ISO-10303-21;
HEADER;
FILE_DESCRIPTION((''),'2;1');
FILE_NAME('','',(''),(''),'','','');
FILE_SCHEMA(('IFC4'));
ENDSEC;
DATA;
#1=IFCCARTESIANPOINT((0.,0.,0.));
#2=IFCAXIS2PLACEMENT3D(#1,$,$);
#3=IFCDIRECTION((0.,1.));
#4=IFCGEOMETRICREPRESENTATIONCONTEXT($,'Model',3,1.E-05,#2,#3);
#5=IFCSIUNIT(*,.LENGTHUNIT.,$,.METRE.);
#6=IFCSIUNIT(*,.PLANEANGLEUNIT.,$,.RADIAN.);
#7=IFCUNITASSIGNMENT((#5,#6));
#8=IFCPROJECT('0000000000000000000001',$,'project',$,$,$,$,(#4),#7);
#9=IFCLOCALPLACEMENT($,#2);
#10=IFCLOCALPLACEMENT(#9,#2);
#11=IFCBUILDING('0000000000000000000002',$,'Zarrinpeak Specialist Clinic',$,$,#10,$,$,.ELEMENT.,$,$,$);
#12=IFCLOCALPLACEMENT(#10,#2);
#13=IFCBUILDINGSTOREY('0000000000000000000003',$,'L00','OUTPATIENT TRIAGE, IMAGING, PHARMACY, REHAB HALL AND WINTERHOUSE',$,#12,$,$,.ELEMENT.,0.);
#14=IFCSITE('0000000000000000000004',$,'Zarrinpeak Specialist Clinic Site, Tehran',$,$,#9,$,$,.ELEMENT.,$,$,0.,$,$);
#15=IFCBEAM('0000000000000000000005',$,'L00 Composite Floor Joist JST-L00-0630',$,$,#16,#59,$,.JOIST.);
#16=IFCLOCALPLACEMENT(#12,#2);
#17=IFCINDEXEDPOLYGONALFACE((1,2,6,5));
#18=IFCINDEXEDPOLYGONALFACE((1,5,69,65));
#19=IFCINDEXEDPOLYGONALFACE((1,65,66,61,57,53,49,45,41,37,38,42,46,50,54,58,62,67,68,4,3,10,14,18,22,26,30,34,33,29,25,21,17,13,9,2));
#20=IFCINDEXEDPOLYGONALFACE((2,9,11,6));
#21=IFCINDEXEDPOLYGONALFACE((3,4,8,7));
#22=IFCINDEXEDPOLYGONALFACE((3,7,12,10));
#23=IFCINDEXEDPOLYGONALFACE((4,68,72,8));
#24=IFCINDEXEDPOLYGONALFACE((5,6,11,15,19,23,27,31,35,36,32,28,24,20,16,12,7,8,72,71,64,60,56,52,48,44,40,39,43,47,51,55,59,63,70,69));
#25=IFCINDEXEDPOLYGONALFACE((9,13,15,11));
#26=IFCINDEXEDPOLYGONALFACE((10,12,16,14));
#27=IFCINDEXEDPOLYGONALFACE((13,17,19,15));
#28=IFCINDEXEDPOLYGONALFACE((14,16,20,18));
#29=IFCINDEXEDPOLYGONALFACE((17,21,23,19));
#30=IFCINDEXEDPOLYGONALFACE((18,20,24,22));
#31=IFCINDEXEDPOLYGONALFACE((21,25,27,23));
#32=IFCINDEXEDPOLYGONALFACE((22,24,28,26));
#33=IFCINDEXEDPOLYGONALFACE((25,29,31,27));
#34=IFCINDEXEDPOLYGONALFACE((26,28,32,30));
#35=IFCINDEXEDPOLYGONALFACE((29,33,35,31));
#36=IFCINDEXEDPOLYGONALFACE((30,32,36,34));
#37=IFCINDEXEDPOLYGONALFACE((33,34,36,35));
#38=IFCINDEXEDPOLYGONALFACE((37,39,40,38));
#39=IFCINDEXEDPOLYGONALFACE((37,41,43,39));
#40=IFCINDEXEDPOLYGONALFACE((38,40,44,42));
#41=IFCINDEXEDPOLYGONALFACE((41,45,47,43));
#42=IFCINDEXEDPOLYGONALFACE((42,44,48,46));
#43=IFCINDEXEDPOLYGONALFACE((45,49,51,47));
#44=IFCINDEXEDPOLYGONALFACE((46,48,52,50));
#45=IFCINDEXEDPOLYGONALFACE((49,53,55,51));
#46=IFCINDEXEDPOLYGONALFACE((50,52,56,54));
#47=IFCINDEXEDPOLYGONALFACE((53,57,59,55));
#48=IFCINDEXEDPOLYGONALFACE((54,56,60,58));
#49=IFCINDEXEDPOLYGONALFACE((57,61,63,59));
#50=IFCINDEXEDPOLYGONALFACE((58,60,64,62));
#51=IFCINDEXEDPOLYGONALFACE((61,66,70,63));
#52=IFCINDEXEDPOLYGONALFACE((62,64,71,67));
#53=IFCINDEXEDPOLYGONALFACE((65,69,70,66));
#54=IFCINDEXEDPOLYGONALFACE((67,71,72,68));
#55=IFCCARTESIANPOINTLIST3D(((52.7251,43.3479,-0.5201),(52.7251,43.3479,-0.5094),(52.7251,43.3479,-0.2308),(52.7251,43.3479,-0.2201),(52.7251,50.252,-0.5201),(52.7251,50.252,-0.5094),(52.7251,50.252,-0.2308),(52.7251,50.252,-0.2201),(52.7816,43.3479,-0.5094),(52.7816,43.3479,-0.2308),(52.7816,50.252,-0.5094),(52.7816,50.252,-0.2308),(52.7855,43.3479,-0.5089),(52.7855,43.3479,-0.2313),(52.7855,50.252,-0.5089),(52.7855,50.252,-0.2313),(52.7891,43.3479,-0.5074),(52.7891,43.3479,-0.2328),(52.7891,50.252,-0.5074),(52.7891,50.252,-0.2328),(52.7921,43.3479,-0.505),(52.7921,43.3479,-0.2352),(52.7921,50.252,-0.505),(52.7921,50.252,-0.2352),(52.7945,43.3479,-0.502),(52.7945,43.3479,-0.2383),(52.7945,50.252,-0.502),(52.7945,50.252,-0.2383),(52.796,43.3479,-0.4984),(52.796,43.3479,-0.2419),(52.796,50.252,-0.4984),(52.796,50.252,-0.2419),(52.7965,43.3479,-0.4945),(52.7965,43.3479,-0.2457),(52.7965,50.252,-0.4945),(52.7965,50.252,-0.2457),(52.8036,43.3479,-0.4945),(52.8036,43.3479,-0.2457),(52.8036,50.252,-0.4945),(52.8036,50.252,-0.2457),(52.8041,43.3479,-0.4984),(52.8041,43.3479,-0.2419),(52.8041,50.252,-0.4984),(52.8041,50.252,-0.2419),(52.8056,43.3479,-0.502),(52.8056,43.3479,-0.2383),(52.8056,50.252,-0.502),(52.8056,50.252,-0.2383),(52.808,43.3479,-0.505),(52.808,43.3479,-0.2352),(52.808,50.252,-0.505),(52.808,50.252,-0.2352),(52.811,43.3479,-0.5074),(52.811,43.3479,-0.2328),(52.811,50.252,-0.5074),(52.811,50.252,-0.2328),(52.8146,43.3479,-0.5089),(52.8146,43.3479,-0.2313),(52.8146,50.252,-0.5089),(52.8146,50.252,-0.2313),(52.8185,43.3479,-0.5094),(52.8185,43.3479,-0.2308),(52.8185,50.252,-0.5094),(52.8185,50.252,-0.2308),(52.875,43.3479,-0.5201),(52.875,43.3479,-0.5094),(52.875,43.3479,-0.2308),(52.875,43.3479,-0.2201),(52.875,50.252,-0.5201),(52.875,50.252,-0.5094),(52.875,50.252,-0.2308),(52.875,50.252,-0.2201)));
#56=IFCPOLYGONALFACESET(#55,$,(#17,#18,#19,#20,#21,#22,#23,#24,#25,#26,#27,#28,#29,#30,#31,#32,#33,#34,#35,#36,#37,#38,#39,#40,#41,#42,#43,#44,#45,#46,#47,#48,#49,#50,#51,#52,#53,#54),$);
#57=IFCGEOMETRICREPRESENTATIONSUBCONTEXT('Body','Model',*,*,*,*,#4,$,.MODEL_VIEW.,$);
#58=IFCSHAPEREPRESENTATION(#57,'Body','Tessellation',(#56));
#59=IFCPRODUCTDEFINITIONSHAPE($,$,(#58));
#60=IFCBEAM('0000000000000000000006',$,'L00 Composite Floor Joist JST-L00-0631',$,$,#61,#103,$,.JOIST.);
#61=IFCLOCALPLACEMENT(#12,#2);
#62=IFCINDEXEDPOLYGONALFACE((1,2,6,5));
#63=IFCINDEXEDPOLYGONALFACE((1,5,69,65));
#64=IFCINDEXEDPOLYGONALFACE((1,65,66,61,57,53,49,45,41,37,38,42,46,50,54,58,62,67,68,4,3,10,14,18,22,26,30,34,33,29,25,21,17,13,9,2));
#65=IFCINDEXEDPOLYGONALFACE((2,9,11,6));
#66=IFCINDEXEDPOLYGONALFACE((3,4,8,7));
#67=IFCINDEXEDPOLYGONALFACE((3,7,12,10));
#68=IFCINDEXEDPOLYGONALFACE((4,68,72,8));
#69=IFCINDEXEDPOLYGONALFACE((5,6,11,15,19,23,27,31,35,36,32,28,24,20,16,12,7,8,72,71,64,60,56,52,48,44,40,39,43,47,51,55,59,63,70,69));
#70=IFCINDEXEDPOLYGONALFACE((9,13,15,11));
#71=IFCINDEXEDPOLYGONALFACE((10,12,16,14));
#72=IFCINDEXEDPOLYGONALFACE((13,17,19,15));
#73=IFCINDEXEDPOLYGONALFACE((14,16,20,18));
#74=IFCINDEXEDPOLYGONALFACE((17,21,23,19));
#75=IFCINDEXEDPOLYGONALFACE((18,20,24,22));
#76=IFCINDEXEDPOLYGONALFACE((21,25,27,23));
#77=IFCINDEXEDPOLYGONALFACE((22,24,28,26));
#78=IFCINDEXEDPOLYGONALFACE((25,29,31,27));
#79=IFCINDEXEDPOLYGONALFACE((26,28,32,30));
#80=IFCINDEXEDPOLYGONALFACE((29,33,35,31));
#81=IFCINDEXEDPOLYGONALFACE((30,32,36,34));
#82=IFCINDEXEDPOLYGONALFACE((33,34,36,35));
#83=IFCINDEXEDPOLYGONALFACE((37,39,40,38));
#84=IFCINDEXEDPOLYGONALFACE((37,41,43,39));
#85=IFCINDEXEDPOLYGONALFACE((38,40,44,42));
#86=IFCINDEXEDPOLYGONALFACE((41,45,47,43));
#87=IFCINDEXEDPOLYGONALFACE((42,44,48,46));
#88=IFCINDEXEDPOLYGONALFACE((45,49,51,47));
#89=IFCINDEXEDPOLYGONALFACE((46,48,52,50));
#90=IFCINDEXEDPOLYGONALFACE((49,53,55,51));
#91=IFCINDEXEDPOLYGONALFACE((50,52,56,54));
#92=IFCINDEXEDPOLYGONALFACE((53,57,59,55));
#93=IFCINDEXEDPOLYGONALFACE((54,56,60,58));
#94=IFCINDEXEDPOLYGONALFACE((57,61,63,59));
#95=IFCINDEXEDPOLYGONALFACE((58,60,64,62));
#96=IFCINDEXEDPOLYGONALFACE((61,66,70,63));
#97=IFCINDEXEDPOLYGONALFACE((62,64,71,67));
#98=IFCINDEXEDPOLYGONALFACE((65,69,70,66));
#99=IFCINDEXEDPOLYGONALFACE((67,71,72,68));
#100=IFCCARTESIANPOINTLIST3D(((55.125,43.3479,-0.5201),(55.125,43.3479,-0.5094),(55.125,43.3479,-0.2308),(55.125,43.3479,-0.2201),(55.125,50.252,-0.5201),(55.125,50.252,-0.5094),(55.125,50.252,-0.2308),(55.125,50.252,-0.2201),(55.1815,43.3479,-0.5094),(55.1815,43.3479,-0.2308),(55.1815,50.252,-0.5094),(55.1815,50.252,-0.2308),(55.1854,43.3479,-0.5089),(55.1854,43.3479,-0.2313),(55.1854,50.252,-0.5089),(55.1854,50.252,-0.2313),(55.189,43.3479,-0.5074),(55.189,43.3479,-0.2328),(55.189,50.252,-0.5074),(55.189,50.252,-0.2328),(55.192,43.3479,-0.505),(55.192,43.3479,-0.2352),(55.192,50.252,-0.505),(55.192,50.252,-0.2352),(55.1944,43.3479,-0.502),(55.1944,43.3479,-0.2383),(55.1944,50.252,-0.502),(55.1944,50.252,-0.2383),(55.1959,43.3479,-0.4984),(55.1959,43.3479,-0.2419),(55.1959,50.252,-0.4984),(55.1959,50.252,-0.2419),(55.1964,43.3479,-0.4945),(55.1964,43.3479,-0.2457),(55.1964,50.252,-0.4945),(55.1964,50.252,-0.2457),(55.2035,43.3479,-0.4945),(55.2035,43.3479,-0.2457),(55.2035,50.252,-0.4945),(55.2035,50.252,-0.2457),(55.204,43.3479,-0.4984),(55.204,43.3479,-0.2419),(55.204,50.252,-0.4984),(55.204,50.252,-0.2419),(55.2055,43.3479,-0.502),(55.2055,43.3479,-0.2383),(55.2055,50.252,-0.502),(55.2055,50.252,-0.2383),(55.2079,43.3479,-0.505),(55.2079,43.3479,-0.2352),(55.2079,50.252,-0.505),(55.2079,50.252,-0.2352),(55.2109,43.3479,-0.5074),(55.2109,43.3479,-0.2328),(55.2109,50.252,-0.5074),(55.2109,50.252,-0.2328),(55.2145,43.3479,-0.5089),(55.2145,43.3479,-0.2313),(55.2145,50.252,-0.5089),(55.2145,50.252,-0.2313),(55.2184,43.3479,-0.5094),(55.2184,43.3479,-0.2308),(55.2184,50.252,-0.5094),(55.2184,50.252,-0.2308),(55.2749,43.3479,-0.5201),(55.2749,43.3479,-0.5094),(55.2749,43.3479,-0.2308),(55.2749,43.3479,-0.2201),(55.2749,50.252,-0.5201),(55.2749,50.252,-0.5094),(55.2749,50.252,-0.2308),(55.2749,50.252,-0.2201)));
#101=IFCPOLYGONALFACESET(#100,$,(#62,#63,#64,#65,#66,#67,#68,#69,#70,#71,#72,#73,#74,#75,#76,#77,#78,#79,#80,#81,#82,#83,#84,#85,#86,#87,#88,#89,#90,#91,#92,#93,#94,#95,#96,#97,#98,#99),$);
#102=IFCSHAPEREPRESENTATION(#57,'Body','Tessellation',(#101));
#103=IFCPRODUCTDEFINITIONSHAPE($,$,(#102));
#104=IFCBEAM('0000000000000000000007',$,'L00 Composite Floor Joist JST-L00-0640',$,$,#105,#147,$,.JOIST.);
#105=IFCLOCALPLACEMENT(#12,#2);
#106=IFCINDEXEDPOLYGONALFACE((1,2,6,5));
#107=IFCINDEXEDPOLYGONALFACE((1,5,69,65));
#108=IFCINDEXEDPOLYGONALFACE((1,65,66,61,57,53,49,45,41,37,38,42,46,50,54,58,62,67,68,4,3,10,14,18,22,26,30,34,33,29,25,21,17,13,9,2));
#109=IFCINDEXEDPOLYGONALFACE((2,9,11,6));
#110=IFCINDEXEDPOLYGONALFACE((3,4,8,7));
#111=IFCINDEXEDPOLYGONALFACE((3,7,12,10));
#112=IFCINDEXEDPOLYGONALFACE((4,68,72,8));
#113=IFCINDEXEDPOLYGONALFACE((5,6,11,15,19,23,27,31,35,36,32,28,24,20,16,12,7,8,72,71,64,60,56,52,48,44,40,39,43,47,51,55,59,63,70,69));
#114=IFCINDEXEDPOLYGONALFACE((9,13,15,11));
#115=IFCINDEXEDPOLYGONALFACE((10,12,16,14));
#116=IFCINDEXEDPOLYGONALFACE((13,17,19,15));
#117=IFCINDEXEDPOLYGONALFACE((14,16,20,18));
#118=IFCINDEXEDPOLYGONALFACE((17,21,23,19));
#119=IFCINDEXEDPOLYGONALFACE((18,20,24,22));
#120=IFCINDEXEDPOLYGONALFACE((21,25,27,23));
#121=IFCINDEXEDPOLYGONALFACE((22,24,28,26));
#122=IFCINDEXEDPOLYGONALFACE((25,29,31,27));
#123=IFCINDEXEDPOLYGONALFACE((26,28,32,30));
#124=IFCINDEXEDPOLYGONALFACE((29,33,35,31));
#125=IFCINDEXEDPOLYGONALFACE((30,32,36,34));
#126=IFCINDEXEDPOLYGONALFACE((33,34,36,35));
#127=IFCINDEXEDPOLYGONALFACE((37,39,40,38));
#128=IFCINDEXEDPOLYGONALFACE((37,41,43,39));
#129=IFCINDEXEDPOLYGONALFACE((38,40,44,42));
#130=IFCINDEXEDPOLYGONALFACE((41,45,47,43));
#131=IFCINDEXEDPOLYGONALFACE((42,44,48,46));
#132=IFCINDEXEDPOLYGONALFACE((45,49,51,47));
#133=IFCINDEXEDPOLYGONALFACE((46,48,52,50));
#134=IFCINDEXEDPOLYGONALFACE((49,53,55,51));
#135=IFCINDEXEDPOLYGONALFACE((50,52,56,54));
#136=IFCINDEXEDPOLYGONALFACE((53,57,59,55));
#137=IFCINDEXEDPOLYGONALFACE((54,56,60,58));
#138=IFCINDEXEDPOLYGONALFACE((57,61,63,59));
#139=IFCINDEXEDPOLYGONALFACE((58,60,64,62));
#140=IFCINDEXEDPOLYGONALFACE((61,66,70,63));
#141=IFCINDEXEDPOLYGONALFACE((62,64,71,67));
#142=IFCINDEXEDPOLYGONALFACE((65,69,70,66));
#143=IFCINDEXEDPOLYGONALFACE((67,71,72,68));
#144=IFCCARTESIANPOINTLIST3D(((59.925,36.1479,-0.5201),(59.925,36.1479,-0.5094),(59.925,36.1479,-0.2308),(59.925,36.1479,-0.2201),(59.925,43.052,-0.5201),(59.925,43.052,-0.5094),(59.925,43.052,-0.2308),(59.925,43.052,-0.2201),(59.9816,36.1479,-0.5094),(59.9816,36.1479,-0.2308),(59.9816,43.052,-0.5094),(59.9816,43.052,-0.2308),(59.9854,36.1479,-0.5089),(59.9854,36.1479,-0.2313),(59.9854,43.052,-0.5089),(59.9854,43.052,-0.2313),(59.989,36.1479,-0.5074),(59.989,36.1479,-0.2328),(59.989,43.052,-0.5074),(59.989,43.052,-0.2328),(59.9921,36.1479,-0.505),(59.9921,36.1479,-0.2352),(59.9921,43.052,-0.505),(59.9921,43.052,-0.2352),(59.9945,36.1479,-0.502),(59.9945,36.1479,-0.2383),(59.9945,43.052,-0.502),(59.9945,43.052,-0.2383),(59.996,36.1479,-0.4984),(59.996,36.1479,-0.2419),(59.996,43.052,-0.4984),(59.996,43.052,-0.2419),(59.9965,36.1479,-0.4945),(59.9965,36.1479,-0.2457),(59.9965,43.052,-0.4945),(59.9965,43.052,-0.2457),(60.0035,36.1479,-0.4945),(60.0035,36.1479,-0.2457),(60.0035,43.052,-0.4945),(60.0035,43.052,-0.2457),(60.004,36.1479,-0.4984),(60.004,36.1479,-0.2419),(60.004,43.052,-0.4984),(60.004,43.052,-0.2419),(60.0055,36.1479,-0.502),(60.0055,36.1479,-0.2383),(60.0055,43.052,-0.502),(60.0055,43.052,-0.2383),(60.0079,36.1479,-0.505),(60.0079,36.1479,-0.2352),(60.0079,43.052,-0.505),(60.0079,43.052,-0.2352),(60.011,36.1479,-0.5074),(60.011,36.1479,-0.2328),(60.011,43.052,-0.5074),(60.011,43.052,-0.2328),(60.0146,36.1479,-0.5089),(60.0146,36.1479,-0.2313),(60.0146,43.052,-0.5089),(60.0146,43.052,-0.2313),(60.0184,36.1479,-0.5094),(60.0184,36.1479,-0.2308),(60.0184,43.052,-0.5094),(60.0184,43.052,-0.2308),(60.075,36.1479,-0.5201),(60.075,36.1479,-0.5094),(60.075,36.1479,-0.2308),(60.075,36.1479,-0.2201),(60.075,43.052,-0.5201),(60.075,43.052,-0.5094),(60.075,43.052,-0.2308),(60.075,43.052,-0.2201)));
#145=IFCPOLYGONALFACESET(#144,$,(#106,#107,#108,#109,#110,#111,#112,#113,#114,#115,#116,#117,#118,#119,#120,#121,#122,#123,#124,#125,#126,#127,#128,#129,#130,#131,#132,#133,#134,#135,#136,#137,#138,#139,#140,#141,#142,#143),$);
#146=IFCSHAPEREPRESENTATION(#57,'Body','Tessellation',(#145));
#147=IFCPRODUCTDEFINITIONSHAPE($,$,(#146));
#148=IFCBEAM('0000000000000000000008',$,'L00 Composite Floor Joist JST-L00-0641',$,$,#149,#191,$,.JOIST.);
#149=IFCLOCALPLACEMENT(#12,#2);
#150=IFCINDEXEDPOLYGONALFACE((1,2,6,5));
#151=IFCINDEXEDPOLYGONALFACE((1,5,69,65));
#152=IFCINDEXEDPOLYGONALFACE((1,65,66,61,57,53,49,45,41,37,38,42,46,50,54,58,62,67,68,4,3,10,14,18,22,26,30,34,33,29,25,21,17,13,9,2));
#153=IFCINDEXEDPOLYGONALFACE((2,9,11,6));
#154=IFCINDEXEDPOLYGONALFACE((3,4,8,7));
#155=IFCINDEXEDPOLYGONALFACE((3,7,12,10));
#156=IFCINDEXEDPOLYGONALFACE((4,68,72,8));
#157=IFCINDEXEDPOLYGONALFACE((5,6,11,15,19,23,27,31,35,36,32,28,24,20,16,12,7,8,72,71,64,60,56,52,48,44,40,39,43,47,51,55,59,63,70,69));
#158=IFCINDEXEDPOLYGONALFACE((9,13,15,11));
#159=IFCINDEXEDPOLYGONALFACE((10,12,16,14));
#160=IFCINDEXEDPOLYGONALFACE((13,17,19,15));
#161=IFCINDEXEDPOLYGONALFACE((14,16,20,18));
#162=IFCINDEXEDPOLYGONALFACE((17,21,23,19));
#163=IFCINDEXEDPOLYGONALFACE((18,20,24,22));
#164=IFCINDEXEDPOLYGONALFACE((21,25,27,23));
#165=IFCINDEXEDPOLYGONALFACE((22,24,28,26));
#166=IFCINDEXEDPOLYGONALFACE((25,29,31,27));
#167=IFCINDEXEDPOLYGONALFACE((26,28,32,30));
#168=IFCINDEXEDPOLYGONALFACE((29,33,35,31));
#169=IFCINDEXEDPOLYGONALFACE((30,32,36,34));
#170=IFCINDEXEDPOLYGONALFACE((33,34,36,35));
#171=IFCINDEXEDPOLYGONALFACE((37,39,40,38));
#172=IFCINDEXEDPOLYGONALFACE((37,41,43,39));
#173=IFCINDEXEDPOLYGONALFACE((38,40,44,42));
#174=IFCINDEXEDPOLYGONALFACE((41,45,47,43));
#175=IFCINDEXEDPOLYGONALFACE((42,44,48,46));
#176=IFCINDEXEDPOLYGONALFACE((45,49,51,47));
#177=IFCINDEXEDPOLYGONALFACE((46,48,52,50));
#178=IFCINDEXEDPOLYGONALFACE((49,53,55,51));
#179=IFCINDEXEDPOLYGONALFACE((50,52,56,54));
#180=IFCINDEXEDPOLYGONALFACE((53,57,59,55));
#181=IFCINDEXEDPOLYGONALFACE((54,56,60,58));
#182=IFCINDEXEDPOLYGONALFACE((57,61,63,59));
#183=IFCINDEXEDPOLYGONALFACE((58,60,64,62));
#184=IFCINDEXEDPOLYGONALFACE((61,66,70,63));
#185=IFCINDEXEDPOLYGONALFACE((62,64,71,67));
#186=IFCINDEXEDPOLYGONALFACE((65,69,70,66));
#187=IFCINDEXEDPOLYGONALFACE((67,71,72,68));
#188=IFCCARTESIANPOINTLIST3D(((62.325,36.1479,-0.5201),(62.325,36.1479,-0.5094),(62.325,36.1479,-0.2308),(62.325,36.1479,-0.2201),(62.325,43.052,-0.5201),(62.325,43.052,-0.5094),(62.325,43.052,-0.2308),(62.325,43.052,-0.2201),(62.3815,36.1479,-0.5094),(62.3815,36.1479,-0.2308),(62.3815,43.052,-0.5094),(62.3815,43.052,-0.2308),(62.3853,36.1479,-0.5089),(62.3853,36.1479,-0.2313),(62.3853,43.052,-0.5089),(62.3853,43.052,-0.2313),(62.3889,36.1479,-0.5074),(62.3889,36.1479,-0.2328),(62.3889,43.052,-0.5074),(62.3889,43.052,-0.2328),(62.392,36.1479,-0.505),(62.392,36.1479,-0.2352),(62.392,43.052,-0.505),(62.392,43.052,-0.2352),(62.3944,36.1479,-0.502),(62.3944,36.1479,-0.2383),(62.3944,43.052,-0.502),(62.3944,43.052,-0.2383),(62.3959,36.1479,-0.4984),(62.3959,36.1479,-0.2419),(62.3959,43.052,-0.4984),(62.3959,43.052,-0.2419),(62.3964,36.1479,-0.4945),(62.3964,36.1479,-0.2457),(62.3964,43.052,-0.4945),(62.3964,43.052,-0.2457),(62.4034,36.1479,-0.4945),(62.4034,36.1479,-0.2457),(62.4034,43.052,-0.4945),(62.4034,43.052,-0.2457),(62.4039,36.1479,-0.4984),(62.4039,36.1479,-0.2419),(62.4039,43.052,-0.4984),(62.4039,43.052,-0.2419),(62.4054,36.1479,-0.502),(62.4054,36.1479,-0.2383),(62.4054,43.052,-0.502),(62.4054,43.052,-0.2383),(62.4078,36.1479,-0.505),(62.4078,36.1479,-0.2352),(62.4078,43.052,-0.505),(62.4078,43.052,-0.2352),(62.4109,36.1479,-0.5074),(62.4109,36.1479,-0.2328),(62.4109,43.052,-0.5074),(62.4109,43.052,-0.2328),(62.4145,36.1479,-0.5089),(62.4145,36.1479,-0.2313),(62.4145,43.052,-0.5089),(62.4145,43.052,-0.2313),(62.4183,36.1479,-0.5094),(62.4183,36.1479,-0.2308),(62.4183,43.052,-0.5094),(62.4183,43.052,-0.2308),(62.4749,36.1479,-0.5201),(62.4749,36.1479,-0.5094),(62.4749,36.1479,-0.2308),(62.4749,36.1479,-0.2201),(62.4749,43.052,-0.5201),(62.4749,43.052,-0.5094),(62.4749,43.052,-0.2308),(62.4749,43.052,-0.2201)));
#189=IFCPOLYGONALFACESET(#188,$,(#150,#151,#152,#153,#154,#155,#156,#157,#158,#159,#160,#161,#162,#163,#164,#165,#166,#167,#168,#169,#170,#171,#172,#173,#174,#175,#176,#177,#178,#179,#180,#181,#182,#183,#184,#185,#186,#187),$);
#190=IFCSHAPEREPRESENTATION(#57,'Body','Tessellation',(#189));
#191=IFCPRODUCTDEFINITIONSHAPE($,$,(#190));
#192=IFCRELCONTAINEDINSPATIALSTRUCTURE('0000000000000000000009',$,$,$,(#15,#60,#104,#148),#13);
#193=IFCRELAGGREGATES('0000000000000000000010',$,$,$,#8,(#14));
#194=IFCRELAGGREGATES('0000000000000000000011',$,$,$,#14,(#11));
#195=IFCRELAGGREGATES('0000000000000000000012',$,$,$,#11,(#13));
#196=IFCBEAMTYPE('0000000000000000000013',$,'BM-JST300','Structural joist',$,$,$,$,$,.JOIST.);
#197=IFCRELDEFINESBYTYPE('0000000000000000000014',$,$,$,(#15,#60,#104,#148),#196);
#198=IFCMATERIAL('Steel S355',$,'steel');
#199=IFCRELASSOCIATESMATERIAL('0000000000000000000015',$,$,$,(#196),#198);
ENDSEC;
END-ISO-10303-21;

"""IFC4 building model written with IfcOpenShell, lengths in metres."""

from ifc_helpers import new_model, si_unit, direction, frame, origin, origin_2d, place, context, subcontext, project, spatial, i_section, extrude, material, material_profile, profile_set, type_object, element, save


model = new_model("IFC4")

# Units and contexts
model_context = context("Model", 3, precision=1e-05, world=origin(), true_north=direction((0.0, 1.0)))
body_context = subcontext(model_context, "Body", "Model", "MODEL_VIEW")
ifc_project = project(units=[si_unit("LENGTHUNIT", "METRE"), si_unit("PLANEANGLEUNIT", "RADIAN")], contexts=[model_context])

# Site, building, storey
site_placement = place(None, origin())
site = spatial("IfcSite", under=ifc_project, at=site_placement, Name="Zarrinpeak Specialist Clinic Site, Tehran", CompositionType="ELEMENT", RefElevation=0.0)
building_placement = place(site_placement, origin())
building = spatial("IfcBuilding", under=site, at=building_placement, Name="Zarrinpeak Specialist Clinic", CompositionType="ELEMENT")
storey_placement = place(building_placement, origin())
storey = spatial("IfcBuildingStorey", under=building, at=storey_placement, Name="L00", Description="OUTPATIENT TRIAGE, IMAGING, PHARMACY, REHAB HALL AND WINTERHOUSE", CompositionType="ELEMENT", Elevation=0.0)

# Beams
ifc_material_1 = material(Name="Steel S355", Category="steel")
ifc_material_profile_1 = material_profile(ifc_material_1, i_section(OverallWidth=0.1499, OverallDepth=0.3, WebThickness=0.0071, FlangeThickness=0.0107, FilletRadius=0.0149, at=origin_2d()), Name="IPE 300")
ifc_profile_set_1 = profile_set([ifc_material_profile_1], Name="Steel S355")
beam_type_1 = type_object("IfcBeamType", Name="BM-JST300", Description="Structural joist", PredefinedType="JOIST", material=ifc_profile_set_1)
for number, where, z_axis, x_axis, name in (
    (1, (52.8, 43.3479, -0.3701), (0.0, 1.0, 0.0), (-1.0, 0.0, 0.0), "L00 Composite Floor Joist JST-L00-0630"),
    (2, (55.2, 43.3479, -0.3701), (0.0, 1.0, 0.0), (-1.0, 0.0, 0.0), "L00 Composite Floor Joist JST-L00-0631"),
    (3, (60.0, 36.1479, -0.3701), (0.0, 1.0, 0.0), (-1.0, 0.0, 0.0), "L00 Composite Floor Joist JST-L00-0640"),
    (4, (62.3999, 36.1479, -0.3701), (0.0, 1.0, 0.0), (-1.0, 0.0, 0.0), "L00 Composite Floor Joist JST-L00-0641"),
):
    element("IfcBeam", number, at=place(storey_placement, frame(where, z_axis=z_axis, x_axis=x_axis)), inside=storey, type_object=beam_type_1, Name=name, PredefinedType="JOIST", context=body_context, shape_type="SweptSolid", body=[
        extrude(i_section(OverallWidth=0.1499, OverallDepth=0.3, WebThickness=0.0071, FlangeThickness=0.0107, FilletRadius=0.0149, at=origin_2d()), origin(), (0.0, 0.0, 1.0), 6.9041),
    ])

save(model, "model.ifc")
